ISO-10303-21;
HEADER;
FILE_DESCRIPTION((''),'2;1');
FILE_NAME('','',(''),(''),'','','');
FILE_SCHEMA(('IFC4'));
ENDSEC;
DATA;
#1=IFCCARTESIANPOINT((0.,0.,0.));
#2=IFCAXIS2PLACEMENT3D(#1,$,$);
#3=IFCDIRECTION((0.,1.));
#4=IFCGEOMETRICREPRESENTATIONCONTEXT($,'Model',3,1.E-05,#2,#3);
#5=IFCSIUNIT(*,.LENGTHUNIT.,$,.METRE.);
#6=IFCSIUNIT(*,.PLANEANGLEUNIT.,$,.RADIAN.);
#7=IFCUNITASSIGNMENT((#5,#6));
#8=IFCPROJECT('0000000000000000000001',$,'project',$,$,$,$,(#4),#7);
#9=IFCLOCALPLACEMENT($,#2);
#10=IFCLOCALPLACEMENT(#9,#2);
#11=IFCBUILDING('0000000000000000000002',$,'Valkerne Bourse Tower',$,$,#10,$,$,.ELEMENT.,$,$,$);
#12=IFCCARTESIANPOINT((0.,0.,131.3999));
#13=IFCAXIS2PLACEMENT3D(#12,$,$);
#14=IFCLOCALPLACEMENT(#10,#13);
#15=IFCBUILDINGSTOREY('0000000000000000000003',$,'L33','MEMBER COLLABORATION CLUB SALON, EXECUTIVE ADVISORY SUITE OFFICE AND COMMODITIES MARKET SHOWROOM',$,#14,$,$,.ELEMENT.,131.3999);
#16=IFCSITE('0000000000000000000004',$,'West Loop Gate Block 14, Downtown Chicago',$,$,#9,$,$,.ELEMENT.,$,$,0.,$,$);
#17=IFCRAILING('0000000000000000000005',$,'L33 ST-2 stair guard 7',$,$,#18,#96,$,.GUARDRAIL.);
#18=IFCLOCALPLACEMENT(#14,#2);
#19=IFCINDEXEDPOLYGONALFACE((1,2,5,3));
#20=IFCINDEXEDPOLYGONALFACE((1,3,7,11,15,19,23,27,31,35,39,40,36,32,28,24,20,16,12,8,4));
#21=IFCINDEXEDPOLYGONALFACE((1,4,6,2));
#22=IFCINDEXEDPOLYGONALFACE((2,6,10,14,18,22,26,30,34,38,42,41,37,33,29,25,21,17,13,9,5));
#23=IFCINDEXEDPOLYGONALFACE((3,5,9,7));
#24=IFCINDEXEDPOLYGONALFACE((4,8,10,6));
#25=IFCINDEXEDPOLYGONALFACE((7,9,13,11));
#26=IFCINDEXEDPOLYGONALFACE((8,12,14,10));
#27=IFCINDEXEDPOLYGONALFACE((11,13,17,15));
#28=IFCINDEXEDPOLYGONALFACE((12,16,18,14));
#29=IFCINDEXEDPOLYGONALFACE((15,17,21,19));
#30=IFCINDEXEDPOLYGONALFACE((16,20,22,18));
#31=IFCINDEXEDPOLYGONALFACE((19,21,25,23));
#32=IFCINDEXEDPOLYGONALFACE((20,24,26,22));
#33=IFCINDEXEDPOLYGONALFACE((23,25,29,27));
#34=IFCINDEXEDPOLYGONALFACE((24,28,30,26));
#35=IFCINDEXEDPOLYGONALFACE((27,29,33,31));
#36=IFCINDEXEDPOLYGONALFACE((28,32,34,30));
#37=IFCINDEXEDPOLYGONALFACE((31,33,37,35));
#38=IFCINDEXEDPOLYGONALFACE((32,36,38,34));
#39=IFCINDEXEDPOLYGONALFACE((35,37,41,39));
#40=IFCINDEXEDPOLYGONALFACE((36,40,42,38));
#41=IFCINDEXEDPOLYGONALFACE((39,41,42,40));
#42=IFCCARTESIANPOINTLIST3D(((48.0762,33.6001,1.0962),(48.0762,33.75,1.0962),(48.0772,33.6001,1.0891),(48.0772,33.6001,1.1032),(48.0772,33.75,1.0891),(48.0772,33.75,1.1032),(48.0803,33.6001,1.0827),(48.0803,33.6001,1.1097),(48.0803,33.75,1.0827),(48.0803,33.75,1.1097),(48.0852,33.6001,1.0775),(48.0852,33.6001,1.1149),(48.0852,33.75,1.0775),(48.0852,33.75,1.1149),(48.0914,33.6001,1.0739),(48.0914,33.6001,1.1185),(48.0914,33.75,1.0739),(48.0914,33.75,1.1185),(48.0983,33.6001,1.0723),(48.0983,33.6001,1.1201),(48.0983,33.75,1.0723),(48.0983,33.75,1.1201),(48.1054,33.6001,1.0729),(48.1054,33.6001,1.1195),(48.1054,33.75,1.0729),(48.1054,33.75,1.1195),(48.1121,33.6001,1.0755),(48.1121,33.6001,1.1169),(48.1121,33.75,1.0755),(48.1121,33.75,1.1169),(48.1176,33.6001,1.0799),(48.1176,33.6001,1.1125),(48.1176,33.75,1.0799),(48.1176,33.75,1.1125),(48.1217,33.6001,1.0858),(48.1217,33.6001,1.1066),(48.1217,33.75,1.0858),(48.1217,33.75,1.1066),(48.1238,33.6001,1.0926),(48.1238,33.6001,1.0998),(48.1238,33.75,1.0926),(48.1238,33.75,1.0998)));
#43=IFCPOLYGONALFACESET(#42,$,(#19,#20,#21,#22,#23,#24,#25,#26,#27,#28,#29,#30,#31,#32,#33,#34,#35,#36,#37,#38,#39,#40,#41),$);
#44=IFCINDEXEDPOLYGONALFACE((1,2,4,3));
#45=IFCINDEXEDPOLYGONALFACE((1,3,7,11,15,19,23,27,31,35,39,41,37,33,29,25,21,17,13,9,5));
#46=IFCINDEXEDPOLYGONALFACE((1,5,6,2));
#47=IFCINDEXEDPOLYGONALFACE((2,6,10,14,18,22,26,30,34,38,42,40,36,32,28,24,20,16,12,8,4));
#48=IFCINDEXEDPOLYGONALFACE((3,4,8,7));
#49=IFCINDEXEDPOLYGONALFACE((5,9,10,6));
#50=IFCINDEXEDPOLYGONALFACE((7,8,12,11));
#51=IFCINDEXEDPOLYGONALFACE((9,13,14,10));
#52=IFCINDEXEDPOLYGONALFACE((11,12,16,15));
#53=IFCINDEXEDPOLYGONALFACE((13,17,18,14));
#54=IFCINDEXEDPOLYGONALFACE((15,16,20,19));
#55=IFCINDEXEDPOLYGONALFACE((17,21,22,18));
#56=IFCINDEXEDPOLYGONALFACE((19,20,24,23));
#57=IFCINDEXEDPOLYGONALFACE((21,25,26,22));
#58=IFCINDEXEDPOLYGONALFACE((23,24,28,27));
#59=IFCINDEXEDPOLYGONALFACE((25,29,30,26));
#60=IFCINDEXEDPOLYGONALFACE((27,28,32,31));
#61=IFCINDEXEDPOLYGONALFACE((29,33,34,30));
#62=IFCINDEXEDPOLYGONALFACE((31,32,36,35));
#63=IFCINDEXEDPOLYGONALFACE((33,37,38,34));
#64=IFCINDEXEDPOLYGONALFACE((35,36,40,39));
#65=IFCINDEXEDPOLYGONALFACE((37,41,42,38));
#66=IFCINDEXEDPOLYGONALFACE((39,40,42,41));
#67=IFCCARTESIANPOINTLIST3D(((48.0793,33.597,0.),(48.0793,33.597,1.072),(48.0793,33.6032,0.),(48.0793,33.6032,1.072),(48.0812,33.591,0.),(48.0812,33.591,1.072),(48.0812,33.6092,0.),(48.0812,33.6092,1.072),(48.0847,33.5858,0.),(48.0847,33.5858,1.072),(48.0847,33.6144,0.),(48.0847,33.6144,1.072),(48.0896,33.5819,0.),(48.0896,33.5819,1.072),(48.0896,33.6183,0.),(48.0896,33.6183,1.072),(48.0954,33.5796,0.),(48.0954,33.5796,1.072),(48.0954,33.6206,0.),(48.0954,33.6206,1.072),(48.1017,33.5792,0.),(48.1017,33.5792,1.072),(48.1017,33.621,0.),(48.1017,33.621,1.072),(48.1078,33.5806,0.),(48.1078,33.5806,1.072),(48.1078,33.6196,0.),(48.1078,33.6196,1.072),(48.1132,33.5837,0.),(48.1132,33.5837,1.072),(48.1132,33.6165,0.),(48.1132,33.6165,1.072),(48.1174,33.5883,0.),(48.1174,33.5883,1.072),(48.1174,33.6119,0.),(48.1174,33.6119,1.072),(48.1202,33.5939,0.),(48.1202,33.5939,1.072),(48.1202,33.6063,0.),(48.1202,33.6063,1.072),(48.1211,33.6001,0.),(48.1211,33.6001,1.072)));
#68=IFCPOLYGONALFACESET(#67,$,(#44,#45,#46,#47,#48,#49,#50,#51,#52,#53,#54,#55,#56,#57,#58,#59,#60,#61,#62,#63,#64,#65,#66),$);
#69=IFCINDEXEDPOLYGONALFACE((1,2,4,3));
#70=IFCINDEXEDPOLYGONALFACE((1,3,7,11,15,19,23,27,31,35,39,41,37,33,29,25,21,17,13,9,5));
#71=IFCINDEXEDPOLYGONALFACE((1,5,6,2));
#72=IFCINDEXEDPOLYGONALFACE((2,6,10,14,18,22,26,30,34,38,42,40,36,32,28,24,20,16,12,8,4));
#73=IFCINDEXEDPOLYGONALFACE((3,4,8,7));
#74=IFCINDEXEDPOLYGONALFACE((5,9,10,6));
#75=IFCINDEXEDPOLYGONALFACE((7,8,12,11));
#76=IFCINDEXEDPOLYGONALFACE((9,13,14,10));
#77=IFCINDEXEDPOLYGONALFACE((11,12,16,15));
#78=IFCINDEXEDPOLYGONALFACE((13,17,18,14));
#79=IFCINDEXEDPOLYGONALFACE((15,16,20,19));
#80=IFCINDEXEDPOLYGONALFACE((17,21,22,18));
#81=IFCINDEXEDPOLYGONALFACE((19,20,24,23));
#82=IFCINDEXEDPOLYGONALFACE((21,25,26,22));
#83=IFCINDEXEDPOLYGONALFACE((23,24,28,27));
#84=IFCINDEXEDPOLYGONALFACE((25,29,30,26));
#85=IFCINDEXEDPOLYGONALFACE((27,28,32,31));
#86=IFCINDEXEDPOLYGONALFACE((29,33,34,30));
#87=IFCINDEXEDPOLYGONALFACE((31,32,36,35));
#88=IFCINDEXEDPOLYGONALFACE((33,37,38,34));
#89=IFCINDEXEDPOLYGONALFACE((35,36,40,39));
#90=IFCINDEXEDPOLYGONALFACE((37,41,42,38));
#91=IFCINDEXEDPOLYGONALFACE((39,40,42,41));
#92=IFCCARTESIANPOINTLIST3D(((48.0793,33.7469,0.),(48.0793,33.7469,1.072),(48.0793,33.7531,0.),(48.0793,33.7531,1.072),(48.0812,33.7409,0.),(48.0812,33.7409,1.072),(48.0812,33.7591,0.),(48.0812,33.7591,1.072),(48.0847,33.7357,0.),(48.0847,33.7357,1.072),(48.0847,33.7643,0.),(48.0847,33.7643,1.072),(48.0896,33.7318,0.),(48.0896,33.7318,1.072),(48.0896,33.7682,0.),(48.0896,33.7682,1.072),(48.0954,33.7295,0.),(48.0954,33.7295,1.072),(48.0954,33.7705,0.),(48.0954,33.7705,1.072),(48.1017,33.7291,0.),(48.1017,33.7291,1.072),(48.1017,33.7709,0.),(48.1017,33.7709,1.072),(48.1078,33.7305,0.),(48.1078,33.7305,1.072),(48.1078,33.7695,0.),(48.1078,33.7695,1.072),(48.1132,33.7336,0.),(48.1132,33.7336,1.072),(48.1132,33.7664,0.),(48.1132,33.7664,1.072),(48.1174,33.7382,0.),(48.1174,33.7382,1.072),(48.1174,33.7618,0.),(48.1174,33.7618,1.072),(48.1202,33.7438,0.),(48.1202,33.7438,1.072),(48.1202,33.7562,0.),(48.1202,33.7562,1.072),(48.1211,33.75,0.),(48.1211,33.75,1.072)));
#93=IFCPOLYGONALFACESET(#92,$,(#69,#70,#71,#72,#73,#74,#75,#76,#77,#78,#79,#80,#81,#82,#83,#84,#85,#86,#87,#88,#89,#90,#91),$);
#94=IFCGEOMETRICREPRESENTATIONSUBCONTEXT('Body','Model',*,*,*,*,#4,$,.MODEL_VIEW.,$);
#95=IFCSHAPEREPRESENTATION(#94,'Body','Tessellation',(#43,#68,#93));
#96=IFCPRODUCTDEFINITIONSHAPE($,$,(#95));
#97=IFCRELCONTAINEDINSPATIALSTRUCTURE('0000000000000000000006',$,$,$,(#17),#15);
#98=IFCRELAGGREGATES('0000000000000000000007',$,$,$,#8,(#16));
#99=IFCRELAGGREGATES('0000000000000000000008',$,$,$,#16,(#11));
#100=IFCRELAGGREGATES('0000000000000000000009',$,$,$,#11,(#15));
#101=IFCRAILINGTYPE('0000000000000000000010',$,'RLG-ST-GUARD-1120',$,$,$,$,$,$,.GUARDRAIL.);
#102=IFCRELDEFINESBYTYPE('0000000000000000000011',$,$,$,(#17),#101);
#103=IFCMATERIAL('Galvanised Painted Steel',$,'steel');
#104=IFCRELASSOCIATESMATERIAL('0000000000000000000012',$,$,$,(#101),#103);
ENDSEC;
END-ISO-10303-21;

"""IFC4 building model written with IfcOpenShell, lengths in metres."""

from ifc_helpers import new_model, si_unit, direction, frame, origin, origin_2d, place, context, subcontext, project, spatial, circle, extrude, material, type_object, element, save


model = new_model("IFC4")

# Units and contexts
model_context = context("Model", 3, precision=1e-05, world=origin(), true_north=direction((0.0, 1.0)))
body_context = subcontext(model_context, "Body", "Model", "MODEL_VIEW")
ifc_project = project(units=[si_unit("LENGTHUNIT", "METRE"), si_unit("PLANEANGLEUNIT", "RADIAN")], contexts=[model_context])

# Site, building, storey
site_placement = place(None, origin())
site = spatial("IfcSite", under=ifc_project, at=site_placement, Name="West Loop Gate Block 14, Downtown Chicago", CompositionType="ELEMENT", RefElevation=0.0)
building_placement = place(site_placement, origin())
building = spatial("IfcBuilding", under=site, at=building_placement, Name="Valkerne Bourse Tower", CompositionType="ELEMENT")
storey_placement = place(building_placement, frame((0.0, 0.0, 131.3999)))
storey = spatial("IfcBuildingStorey", under=building, at=storey_placement, Name="L33", Description="MEMBER COLLABORATION CLUB SALON, EXECUTIVE ADVISORY SUITE OFFICE AND COMMODITIES MARKET SHOWROOM", CompositionType="ELEMENT", Elevation=131.3999)

# Shared definitions
ifc_material_1 = material(Name="Galvanised Painted Steel", Category="steel")

# Railing
railing_type_1 = type_object("IfcRailingType", Name="RLG-ST-GUARD-1120", PredefinedType="GUARDRAIL", material=ifc_material_1)
railing_1_placement = place(storey_placement, frame((48.1001, 33.6001, 0.0)))
element("IfcRailing", 1, at=railing_1_placement, inside=storey, type_object=railing_type_1, Name="L33 ST-2 stair guard 7", PredefinedType="GUARDRAIL", context=body_context, shape_type="SweptSolid", body=[
    extrude(circle(Radius=0.0239, at=origin_2d()), frame((0.0, 0.0, 1.0962), z_axis=(0.0, 1.0, 0.0), x_axis=(-1.0, 0.0, 0.0)), (0.0, 0.0, 1.0), 0.1499),
    extrude(circle(Radius=0.021, at=origin_2d()), origin(), (0.0, 0.0, 1.0), 1.072),
    extrude(circle(Radius=0.021, at=origin_2d()), frame((0.0, 0.1499, 0.0)), (0.0, 0.0, 1.0), 1.072),
])

save(model, "model.ifc")
